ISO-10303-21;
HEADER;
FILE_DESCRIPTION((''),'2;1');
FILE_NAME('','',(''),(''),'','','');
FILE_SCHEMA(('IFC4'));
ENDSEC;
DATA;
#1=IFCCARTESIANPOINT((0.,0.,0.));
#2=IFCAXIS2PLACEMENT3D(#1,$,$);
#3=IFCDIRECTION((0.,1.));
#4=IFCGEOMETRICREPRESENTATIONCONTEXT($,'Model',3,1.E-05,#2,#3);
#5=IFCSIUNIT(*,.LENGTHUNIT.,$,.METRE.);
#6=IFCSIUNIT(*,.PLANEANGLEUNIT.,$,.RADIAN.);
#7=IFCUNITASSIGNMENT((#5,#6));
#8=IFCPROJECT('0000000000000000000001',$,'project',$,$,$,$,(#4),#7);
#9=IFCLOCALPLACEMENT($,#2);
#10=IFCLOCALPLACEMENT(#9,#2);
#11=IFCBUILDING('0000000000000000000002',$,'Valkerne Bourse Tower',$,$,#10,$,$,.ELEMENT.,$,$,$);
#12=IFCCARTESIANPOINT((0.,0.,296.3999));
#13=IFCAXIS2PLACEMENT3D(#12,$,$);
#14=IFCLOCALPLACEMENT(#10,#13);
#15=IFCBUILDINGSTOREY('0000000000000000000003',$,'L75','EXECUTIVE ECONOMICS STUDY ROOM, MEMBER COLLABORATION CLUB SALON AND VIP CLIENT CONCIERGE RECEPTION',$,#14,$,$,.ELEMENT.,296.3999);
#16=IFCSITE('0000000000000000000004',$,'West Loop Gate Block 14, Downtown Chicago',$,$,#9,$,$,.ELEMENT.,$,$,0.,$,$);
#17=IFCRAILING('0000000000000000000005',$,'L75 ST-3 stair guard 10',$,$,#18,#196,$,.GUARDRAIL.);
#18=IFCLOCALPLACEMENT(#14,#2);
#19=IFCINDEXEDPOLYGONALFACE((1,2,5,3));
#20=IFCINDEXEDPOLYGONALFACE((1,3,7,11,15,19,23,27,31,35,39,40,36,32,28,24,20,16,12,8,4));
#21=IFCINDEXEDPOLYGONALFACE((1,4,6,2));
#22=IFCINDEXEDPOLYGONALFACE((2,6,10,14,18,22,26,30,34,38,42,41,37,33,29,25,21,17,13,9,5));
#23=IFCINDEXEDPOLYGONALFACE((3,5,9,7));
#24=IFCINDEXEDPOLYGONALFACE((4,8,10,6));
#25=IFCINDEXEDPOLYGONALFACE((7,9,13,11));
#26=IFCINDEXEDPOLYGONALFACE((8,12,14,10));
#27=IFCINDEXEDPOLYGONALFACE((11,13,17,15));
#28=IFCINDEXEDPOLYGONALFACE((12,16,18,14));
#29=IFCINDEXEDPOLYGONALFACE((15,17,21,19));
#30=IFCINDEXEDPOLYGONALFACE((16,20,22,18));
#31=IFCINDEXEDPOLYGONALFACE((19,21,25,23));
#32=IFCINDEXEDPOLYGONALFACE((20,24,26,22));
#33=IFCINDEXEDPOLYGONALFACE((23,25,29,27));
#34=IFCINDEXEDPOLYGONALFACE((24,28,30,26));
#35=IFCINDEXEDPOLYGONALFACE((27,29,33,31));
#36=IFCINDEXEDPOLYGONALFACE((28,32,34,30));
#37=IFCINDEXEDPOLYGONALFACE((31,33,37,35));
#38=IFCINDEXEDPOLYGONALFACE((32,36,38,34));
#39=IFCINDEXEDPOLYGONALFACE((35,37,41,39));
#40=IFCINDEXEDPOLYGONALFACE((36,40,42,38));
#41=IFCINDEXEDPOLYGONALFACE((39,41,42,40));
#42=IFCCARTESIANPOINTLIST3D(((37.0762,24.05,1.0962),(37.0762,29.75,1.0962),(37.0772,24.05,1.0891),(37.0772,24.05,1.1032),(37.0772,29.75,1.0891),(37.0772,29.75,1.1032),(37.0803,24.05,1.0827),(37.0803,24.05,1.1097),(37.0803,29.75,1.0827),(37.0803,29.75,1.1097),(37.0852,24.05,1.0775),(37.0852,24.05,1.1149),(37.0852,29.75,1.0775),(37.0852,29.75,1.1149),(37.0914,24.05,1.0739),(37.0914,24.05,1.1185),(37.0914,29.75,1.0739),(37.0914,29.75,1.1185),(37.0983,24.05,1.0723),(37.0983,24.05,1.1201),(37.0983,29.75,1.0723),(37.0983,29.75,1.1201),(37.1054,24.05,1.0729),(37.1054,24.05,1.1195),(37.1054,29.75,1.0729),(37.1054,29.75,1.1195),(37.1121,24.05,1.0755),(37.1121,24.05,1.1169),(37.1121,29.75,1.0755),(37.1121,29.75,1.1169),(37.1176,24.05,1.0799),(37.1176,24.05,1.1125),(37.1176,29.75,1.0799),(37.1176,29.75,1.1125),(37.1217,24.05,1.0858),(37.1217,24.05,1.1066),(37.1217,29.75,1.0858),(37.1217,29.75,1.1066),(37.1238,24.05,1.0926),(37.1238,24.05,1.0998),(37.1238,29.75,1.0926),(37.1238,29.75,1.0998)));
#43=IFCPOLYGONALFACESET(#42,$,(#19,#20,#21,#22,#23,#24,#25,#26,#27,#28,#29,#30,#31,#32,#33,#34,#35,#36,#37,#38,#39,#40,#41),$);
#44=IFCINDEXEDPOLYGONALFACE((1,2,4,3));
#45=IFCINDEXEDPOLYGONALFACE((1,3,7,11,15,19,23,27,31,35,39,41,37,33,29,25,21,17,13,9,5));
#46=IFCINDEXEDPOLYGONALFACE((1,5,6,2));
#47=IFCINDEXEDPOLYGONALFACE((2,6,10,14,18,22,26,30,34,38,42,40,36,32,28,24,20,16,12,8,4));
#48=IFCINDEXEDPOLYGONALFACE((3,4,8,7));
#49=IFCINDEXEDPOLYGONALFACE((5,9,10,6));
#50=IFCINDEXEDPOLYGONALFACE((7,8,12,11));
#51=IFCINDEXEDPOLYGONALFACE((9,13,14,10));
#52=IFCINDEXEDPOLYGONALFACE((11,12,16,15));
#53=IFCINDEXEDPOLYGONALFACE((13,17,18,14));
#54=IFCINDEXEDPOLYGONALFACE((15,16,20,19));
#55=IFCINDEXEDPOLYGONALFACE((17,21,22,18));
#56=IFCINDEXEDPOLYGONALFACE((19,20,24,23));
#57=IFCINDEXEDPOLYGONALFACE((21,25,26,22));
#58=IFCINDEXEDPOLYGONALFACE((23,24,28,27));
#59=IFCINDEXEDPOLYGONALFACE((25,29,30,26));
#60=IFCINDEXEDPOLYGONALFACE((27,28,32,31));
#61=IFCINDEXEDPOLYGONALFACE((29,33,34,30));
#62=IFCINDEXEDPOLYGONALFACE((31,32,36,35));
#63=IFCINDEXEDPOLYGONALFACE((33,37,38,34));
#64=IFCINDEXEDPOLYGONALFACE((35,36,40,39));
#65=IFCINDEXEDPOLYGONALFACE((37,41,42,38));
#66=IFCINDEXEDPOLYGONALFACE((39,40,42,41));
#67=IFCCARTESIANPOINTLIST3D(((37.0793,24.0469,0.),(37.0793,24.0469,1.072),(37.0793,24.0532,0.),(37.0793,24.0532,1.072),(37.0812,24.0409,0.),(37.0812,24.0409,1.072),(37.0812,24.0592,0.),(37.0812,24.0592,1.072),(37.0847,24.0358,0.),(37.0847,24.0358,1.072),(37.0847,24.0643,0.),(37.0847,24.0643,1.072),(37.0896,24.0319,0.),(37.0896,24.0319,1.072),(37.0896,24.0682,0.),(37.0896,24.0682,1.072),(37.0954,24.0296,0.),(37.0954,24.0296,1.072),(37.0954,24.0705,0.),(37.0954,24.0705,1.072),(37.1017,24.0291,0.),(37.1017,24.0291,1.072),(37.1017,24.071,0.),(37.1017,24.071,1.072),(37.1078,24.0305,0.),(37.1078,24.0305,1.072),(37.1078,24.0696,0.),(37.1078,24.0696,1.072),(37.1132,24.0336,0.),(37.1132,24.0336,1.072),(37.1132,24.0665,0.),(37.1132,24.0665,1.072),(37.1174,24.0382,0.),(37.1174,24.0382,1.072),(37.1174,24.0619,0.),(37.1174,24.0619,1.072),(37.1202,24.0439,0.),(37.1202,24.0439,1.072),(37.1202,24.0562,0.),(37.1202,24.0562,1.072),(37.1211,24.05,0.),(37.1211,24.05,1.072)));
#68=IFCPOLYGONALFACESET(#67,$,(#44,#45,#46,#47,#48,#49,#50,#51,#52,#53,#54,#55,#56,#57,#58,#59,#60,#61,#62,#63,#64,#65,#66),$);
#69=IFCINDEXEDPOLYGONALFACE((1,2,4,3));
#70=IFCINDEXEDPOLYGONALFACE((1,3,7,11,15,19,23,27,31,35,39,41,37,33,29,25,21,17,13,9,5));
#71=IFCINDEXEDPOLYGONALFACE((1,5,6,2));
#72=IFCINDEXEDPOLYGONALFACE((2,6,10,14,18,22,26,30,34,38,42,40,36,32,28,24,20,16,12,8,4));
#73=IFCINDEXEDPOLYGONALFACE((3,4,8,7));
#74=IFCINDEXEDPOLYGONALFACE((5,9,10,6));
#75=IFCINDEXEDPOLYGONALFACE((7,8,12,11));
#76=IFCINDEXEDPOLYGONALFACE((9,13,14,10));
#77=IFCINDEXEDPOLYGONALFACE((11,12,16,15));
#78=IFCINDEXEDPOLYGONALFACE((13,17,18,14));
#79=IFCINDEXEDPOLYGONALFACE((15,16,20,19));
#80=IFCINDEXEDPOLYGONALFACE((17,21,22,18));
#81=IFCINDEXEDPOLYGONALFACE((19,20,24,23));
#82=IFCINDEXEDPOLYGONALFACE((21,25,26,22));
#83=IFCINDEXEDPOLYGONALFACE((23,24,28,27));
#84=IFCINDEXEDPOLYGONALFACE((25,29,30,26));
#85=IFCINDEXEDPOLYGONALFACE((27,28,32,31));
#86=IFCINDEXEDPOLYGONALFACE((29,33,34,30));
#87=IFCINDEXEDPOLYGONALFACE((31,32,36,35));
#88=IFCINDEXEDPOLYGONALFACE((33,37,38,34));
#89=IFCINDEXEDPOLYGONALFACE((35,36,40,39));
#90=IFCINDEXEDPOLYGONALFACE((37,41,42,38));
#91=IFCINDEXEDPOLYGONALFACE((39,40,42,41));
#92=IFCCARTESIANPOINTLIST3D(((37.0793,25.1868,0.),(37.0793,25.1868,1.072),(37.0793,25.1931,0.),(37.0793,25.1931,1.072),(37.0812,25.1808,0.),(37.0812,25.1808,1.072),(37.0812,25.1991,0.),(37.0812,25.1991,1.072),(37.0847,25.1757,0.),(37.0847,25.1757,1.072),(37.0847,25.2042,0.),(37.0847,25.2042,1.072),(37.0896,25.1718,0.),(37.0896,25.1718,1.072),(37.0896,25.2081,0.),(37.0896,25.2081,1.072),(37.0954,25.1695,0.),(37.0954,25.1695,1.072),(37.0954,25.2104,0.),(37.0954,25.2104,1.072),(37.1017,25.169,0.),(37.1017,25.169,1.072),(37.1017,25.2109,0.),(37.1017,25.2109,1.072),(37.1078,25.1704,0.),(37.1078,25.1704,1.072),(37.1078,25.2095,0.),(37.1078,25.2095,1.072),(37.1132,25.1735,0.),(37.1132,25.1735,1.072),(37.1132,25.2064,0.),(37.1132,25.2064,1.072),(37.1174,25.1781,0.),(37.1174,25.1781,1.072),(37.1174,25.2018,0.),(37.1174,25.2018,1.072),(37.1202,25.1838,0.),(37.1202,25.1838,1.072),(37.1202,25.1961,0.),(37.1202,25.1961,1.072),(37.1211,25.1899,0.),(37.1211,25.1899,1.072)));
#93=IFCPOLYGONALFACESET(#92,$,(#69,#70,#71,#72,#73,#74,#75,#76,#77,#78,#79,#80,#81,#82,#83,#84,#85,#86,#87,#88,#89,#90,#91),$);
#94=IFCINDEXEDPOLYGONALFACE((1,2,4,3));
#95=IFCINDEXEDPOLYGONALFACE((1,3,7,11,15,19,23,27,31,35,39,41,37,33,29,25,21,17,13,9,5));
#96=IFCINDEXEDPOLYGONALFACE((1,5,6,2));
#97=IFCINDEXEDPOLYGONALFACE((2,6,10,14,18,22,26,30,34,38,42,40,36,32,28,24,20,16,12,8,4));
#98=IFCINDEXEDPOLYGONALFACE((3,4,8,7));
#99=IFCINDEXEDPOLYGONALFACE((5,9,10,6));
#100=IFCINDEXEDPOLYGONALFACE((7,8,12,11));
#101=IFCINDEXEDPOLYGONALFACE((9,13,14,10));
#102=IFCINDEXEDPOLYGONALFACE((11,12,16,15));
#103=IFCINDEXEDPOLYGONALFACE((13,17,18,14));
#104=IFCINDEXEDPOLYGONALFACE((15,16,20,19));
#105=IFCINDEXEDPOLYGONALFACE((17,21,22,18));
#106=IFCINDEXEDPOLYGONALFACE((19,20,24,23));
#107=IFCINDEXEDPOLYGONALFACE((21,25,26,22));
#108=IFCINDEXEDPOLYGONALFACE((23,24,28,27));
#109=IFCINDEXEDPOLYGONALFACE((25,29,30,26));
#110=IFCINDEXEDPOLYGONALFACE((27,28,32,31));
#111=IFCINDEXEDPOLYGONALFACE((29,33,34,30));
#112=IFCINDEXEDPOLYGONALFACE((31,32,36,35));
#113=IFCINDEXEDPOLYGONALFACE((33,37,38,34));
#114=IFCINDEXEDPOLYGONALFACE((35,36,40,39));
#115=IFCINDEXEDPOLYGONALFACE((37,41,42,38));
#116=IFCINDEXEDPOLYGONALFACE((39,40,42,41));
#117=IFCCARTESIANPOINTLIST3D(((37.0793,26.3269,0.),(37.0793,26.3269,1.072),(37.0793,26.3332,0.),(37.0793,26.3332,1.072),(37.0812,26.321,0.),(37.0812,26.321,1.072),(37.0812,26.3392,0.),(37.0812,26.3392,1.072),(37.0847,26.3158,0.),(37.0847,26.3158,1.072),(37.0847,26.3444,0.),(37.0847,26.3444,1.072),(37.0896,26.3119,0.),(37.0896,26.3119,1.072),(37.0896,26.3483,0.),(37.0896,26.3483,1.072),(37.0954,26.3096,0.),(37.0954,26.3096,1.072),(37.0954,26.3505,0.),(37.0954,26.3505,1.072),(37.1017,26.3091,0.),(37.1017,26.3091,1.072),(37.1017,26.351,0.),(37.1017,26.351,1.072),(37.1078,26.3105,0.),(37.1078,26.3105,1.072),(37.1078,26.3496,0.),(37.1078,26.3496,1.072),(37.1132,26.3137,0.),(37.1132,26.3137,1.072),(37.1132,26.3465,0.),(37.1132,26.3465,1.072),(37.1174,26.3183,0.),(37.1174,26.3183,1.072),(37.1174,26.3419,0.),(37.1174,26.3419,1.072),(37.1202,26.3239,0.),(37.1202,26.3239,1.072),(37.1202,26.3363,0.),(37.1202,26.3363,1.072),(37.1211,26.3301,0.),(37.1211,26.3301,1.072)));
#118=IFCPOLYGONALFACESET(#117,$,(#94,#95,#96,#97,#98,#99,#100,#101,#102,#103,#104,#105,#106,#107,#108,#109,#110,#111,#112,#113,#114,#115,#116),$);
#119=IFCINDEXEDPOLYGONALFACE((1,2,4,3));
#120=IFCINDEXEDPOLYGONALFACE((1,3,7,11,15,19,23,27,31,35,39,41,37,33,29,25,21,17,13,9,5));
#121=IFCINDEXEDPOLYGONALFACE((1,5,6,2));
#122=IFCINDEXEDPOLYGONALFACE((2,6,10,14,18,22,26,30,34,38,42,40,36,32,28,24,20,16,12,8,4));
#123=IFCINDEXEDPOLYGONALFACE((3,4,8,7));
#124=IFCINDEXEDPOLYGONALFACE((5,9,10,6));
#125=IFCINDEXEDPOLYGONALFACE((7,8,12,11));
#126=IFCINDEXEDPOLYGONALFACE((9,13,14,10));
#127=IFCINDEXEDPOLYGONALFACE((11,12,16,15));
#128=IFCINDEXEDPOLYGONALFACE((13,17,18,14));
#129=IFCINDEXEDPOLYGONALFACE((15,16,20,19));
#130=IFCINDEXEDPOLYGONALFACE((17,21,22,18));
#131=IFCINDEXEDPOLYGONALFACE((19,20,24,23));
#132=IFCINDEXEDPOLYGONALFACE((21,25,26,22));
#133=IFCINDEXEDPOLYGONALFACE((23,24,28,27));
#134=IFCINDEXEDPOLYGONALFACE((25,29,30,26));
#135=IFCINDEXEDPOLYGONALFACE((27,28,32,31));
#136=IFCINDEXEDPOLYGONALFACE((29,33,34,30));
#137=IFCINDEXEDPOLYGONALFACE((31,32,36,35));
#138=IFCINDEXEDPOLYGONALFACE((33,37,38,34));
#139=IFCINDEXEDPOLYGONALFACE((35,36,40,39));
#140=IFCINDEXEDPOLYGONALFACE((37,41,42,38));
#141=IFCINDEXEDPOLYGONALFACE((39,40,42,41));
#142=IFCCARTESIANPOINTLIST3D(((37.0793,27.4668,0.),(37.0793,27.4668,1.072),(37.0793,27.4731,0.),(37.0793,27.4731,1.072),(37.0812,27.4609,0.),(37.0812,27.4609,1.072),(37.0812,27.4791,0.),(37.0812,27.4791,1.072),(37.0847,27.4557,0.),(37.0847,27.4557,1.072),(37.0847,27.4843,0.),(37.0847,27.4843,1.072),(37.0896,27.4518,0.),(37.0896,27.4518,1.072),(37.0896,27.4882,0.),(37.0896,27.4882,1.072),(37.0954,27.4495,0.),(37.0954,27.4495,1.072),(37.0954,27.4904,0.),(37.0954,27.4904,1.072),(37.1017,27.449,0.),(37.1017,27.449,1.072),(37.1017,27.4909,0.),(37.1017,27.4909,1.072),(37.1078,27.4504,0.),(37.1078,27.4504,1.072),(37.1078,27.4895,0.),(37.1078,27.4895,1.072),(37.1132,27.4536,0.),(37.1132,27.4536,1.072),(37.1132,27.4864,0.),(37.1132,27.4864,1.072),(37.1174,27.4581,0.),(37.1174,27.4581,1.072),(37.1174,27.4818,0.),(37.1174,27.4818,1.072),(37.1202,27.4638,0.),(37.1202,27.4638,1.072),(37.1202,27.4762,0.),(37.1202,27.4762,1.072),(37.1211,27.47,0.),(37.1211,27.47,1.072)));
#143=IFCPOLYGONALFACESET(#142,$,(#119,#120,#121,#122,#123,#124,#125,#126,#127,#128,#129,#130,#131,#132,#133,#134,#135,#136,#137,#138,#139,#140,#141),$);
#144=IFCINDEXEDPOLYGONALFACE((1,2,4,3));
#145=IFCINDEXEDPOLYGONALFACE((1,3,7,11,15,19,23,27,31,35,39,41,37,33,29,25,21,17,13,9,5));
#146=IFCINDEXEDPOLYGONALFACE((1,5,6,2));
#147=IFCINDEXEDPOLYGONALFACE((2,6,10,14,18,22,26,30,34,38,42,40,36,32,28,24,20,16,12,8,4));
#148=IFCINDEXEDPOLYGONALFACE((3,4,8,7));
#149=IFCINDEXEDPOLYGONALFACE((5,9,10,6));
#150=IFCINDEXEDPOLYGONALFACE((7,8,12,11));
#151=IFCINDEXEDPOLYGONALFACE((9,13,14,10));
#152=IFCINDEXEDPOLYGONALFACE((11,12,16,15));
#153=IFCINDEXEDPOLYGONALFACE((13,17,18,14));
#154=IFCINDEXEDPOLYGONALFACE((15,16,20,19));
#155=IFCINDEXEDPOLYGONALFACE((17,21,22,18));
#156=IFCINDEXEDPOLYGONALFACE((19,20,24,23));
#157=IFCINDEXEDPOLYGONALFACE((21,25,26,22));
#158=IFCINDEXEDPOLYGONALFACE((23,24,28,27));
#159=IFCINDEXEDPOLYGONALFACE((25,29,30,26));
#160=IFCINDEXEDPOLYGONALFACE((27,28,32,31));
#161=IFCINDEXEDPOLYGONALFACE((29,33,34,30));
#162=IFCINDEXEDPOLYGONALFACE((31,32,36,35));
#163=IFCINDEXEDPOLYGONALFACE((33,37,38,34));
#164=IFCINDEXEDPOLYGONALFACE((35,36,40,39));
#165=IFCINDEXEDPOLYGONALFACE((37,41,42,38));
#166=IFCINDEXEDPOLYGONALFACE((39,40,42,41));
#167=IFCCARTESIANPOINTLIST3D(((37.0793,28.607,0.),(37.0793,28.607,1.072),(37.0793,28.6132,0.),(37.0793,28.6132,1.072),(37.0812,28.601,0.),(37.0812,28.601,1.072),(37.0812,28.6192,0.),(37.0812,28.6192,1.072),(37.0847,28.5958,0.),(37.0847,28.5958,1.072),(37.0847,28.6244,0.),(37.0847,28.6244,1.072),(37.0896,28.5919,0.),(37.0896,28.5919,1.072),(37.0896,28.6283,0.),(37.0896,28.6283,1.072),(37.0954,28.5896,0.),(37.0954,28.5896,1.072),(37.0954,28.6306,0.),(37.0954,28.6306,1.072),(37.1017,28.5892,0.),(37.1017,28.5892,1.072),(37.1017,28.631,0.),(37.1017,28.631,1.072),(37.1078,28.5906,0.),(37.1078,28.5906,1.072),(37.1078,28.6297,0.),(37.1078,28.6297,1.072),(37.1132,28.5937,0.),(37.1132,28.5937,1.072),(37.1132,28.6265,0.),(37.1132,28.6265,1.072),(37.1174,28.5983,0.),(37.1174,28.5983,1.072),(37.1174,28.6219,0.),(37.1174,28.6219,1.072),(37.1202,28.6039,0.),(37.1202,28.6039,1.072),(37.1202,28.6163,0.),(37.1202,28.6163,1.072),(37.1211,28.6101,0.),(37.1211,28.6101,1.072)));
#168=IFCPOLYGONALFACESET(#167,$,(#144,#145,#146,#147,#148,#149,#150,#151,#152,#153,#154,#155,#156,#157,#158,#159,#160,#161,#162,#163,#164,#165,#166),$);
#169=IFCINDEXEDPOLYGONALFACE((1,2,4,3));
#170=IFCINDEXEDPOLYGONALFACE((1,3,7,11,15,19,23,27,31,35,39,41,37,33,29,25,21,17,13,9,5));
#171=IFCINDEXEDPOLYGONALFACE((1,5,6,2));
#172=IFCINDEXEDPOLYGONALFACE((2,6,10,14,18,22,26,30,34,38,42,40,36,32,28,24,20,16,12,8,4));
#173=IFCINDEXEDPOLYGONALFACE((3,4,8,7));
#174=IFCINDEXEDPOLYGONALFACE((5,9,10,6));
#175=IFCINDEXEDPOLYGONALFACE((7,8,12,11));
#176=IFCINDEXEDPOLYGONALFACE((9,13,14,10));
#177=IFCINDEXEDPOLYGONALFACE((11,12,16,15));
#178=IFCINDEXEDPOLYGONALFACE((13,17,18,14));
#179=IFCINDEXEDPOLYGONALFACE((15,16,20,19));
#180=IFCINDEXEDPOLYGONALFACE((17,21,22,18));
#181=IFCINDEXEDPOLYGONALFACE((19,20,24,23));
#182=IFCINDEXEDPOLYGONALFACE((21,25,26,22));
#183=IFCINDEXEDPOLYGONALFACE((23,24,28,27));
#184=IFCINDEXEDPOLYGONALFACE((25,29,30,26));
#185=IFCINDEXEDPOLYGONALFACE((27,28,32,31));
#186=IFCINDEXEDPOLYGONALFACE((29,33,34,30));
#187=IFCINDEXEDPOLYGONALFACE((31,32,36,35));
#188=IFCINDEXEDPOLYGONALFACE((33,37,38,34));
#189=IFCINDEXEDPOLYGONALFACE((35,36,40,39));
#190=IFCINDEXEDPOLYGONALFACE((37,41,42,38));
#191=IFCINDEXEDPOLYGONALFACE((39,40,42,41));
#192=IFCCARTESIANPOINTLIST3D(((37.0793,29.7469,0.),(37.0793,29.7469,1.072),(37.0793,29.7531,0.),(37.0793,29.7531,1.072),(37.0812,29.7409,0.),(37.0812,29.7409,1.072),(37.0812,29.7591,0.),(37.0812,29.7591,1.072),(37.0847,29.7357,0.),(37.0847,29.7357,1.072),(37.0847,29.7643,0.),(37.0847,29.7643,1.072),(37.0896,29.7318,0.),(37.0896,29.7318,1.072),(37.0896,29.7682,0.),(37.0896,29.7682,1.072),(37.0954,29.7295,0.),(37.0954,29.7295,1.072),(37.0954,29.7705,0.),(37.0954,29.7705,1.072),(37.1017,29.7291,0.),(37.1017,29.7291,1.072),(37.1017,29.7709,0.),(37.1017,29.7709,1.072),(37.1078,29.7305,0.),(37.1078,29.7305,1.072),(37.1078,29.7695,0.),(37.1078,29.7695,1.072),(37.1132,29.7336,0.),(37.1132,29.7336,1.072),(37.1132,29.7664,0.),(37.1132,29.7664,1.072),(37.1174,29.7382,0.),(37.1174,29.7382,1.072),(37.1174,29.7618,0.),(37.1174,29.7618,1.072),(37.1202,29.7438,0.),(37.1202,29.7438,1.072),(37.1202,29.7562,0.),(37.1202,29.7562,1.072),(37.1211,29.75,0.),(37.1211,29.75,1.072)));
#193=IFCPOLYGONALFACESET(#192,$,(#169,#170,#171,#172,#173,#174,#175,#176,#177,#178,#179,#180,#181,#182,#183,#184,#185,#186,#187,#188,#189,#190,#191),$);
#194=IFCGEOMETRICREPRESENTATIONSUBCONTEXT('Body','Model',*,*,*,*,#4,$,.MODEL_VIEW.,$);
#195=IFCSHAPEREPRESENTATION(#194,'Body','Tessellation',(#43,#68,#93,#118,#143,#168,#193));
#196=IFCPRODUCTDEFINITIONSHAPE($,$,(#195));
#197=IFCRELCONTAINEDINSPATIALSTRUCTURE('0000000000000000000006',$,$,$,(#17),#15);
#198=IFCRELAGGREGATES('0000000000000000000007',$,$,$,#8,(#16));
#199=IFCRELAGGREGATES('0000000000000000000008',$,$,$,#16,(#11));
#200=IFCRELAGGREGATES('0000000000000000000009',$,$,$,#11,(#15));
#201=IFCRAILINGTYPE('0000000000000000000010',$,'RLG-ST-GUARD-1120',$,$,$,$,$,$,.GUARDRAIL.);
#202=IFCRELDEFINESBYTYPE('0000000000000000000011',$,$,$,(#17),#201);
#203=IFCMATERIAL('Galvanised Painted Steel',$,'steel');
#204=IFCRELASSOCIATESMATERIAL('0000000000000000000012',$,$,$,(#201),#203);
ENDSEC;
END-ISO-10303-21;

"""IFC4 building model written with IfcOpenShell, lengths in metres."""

from ifc_helpers import new_model, si_unit, direction, frame, origin, origin_2d, place, context, subcontext, project, spatial, circle, extrude, material, type_object, element, save


model = new_model("IFC4")

# Units and contexts
model_context = context("Model", 3, precision=1e-05, world=origin(), true_north=direction((0.0, 1.0)))
body_context = subcontext(model_context, "Body", "Model", "MODEL_VIEW")
ifc_project = project(units=[si_unit("LENGTHUNIT", "METRE"), si_unit("PLANEANGLEUNIT", "RADIAN")], contexts=[model_context])

# Site, building, storey
site_placement = place(None, origin())
site = spatial("IfcSite", under=ifc_project, at=site_placement, Name="West Loop Gate Block 14, Downtown Chicago", CompositionType="ELEMENT", RefElevation=0.0)
building_placement = place(site_placement, origin())
building = spatial("IfcBuilding", under=site, at=building_placement, Name="Valkerne Bourse Tower", CompositionType="ELEMENT")
storey_placement = place(building_placement, frame((0.0, 0.0, 296.3999)))
storey = spatial("IfcBuildingStorey", under=building, at=storey_placement, Name="L75", Description="EXECUTIVE ECONOMICS STUDY ROOM, MEMBER COLLABORATION CLUB SALON AND VIP CLIENT CONCIERGE RECEPTION", CompositionType="ELEMENT", Elevation=296.3999)

# Railing
ifc_material_1 = material(Name="Galvanised Painted Steel", Category="steel")
railing_type_1 = type_object("IfcRailingType", Name="RLG-ST-GUARD-1120", PredefinedType="GUARDRAIL", material=ifc_material_1)
railing_1_placement = place(storey_placement, frame((37.1001, 24.05, 0.0)))
element("IfcRailing", 1, at=railing_1_placement, inside=storey, type_object=railing_type_1, Name="L75 ST-3 stair guard 10", PredefinedType="GUARDRAIL", context=body_context, shape_type="SweptSolid", body=[
    extrude(circle(Radius=0.0239, at=origin_2d()), frame((0.0, 0.0, 1.0962), z_axis=(0.0, 1.0, 0.0), x_axis=(-1.0, 0.0, 0.0)), (0.0, 0.0, 1.0), 5.7),
    extrude(circle(Radius=0.021, at=origin_2d()), origin(), (0.0, 0.0, 1.0), 1.072),
    extrude(circle(Radius=0.021, at=origin_2d()), frame((0.0, 1.1399, 0.0)), (0.0, 0.0, 1.0), 1.072),
    extrude(circle(Radius=0.021, at=origin_2d()), frame((0.0, 2.28, 0.0)), (0.0, 0.0, 1.0), 1.072),
    extrude(circle(Radius=0.021, at=origin_2d()), frame((0.0, 3.4199, 0.0)), (0.0, 0.0, 1.0), 1.072),
    extrude(circle(Radius=0.021, at=origin_2d()), frame((0.0, 4.5601, 0.0)), (0.0, 0.0, 1.0), 1.072),
    extrude(circle(Radius=0.021, at=origin_2d()), frame((0.0, 5.7, 0.0)), (0.0, 0.0, 1.0), 1.072),
])

save(model, "model.ifc")
